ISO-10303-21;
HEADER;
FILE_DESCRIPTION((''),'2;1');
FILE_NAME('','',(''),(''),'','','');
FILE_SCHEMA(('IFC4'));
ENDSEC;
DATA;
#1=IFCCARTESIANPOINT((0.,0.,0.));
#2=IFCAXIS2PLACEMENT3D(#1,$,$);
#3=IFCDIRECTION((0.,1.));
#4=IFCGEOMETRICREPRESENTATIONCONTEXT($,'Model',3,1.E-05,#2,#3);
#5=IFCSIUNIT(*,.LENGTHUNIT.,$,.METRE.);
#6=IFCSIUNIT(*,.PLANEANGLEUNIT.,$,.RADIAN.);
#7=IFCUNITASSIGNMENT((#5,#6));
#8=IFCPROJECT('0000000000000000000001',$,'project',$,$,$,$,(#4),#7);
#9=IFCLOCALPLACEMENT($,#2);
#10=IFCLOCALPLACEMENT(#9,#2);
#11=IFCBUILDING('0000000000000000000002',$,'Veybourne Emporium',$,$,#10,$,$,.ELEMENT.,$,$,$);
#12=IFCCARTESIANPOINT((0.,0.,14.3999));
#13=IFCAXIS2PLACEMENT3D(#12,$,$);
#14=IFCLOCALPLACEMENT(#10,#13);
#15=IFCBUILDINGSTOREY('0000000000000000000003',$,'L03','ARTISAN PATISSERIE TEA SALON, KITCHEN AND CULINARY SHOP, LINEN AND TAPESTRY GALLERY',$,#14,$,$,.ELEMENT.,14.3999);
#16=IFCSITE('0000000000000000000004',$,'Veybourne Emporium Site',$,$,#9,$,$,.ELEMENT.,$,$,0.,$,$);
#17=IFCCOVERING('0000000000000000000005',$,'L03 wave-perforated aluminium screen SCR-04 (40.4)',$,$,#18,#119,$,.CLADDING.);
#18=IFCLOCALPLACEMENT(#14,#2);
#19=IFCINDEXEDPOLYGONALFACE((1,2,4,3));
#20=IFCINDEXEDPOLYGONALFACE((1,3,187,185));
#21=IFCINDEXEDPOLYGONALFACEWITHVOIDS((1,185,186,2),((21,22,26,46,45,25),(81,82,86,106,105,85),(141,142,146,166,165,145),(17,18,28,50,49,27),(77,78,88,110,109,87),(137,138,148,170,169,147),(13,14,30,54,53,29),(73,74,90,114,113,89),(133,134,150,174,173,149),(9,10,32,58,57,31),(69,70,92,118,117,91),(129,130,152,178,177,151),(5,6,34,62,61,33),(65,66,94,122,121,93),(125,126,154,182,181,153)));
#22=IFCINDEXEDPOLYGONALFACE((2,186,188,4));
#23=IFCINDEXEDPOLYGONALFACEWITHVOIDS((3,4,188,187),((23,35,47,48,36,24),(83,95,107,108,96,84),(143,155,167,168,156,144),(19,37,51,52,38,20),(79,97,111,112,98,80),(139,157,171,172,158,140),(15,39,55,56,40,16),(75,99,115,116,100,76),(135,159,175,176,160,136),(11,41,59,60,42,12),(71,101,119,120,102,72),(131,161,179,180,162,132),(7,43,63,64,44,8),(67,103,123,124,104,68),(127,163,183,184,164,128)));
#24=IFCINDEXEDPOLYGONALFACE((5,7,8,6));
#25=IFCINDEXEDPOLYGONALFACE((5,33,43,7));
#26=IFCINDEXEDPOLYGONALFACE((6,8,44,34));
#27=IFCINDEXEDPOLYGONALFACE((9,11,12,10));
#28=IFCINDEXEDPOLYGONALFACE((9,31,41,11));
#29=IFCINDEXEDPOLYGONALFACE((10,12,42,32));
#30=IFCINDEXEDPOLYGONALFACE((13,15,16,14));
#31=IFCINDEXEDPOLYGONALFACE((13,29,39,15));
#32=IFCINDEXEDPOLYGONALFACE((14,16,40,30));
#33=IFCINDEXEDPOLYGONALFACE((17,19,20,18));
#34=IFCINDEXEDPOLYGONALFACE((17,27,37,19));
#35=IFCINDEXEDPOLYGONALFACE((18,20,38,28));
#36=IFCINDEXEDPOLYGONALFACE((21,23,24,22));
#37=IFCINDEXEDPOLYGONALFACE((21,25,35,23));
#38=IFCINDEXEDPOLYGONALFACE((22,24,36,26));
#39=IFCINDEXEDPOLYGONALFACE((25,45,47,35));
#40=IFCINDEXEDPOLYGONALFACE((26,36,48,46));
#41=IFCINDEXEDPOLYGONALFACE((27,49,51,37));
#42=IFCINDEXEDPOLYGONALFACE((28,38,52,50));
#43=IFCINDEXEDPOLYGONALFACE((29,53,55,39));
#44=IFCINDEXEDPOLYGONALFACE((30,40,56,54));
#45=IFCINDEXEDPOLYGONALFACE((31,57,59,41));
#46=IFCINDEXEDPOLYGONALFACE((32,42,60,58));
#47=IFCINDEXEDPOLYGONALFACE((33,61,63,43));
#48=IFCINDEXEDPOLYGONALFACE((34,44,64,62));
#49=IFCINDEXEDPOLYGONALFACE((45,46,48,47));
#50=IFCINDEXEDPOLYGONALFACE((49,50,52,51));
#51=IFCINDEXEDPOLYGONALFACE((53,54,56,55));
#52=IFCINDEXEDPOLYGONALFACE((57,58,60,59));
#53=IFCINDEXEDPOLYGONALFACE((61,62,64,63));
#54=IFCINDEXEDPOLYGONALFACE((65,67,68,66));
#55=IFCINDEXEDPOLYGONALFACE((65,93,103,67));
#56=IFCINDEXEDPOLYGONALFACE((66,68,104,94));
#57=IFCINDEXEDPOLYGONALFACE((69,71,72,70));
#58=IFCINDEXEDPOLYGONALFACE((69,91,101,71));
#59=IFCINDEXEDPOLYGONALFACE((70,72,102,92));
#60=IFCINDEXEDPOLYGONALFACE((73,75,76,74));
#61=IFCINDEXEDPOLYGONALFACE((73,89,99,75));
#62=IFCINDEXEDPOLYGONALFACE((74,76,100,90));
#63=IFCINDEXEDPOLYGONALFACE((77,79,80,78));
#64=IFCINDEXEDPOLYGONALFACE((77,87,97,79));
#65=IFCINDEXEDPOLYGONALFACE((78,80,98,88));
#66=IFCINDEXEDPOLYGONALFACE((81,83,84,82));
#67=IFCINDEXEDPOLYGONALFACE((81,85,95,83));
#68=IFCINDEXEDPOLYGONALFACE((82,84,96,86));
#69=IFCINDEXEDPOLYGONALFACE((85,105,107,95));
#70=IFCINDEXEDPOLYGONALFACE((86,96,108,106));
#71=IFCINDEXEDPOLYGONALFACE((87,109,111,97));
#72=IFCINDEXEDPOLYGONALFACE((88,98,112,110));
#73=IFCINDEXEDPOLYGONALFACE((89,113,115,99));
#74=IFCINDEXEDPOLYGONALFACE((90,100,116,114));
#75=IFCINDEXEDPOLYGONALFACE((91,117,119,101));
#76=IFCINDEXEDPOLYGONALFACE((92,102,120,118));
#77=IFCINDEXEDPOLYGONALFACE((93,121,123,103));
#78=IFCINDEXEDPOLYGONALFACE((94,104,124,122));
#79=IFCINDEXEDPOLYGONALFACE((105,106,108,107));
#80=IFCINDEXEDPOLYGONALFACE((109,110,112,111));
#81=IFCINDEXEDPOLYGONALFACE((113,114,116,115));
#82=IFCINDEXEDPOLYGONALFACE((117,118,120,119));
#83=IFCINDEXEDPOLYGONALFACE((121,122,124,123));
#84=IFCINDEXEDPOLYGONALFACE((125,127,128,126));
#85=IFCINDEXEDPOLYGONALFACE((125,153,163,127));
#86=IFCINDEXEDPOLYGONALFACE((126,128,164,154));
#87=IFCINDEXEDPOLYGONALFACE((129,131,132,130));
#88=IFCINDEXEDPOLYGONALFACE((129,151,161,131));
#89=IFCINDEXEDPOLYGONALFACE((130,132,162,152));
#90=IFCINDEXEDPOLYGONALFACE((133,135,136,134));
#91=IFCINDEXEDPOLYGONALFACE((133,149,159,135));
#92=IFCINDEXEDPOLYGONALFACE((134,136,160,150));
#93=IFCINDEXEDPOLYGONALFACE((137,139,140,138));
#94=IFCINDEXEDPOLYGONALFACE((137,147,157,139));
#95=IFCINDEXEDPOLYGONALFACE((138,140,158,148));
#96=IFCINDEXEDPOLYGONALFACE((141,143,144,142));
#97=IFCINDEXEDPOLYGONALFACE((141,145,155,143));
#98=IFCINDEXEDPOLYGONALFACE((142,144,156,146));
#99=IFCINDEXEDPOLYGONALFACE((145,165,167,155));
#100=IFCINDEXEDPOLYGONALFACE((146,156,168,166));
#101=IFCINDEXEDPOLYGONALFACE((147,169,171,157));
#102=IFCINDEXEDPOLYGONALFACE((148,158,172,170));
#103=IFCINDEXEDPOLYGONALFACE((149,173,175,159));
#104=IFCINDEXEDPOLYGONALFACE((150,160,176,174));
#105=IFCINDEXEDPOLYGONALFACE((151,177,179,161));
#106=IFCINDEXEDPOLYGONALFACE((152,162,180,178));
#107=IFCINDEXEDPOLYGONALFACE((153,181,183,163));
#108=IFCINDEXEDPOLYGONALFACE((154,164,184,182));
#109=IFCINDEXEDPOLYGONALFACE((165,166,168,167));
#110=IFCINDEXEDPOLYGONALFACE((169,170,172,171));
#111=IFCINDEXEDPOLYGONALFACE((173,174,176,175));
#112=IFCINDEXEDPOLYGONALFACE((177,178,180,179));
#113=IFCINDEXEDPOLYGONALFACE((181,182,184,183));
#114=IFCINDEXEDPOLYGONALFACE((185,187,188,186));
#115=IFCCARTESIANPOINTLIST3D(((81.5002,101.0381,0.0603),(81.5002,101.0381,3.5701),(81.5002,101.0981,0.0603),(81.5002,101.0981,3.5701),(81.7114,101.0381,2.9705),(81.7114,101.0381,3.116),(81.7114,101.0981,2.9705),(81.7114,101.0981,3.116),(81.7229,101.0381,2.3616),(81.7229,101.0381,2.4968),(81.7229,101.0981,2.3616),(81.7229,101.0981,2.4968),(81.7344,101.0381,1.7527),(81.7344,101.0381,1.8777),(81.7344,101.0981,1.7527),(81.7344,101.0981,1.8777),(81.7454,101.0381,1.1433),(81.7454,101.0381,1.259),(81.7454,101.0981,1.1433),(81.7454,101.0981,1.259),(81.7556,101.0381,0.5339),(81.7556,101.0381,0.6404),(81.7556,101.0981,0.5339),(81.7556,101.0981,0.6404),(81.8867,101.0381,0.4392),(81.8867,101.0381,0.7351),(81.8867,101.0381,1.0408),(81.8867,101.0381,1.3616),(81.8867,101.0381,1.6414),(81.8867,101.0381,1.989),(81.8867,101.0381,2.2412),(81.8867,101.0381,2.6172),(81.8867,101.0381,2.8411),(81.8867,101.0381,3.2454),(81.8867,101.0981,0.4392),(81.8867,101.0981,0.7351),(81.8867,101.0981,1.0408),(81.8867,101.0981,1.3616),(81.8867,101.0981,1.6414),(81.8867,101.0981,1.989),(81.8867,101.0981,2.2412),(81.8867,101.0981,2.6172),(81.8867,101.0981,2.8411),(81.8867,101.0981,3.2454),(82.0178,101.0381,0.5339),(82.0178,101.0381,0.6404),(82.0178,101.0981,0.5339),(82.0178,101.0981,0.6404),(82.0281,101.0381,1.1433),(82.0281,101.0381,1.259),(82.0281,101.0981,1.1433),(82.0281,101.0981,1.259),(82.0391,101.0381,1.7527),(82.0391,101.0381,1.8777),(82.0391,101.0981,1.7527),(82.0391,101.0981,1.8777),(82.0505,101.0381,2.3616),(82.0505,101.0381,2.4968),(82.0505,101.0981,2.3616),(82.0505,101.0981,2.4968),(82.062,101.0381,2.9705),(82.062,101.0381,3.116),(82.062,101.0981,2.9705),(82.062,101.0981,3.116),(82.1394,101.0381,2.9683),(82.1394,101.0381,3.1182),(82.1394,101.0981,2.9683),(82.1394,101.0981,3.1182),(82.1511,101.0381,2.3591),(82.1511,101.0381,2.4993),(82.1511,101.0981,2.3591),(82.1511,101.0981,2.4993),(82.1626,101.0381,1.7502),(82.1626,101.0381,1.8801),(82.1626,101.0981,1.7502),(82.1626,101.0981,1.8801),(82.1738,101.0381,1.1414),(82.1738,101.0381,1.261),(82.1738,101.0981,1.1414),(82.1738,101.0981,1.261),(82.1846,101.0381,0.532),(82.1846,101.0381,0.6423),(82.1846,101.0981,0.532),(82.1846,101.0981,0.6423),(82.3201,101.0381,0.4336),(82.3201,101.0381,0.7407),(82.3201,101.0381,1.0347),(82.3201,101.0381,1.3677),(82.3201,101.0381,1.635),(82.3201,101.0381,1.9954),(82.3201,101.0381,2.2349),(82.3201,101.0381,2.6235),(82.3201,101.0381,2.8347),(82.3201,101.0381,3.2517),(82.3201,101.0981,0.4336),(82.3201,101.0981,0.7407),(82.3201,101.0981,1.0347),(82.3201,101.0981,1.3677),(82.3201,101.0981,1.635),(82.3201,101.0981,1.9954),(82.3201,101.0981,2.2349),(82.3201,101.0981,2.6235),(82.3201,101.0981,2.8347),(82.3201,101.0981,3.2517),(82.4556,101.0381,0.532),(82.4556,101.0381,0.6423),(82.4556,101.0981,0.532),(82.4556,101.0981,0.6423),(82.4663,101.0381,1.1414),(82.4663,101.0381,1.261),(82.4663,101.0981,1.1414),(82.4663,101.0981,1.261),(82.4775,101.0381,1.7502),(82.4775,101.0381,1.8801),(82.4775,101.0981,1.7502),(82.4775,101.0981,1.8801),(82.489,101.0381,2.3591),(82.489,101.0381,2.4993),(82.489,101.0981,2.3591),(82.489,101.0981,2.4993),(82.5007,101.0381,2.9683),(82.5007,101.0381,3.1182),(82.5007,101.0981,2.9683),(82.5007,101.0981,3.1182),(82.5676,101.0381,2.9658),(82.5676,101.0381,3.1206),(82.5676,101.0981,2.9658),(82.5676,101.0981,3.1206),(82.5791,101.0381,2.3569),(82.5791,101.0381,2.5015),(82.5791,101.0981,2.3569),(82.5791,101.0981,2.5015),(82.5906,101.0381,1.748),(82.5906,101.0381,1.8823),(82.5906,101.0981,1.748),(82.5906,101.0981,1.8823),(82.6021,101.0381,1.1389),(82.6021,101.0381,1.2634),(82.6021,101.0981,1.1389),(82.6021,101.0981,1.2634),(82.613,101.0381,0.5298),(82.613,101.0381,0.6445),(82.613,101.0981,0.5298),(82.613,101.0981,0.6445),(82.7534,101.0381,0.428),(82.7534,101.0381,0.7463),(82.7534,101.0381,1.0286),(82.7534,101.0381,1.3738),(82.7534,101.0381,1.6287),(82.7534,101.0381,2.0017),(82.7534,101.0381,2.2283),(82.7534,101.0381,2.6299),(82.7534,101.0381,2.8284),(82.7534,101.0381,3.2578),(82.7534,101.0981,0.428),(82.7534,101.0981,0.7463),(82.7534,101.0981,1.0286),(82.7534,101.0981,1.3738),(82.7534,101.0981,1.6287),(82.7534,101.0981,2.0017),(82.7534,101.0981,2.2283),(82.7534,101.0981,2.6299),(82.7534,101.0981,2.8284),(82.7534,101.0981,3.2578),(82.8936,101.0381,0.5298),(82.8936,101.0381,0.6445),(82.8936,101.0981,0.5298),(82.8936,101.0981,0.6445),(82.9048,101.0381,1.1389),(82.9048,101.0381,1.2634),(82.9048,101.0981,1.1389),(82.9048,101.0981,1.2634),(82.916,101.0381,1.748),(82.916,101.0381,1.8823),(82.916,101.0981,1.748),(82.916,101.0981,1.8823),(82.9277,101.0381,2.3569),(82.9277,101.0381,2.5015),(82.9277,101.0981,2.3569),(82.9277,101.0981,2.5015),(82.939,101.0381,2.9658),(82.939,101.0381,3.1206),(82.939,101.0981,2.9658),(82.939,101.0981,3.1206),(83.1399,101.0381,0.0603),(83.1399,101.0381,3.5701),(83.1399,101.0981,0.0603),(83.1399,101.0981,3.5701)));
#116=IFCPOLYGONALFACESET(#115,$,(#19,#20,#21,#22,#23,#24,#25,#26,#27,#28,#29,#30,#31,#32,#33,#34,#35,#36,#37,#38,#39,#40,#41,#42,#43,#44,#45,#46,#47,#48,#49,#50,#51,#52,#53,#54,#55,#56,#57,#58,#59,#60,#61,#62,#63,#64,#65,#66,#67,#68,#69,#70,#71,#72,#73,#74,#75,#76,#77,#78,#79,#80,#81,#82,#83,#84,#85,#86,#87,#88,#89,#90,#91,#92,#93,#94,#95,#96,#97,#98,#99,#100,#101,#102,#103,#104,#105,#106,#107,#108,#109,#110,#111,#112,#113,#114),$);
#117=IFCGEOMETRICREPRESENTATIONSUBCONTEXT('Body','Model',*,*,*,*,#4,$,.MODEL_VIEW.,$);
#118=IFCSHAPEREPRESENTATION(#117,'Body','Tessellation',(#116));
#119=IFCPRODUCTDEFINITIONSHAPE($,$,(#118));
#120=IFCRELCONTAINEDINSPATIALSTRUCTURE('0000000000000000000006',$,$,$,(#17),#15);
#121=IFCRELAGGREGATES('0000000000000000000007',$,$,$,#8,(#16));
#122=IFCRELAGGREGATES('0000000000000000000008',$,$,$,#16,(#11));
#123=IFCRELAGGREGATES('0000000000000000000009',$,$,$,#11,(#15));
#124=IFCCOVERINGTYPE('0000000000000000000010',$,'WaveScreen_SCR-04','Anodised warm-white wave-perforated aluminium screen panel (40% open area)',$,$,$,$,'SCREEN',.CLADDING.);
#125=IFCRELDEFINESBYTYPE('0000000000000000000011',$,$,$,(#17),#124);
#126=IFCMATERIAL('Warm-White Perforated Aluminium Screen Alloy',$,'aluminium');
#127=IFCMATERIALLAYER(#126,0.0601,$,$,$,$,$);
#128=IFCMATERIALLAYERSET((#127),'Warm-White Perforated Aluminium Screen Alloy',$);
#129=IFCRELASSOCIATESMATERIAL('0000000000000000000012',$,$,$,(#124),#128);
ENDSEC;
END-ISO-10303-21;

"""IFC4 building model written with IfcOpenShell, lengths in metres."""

from ifc_helpers import new_model, si_unit, direction, frame, origin, place, context, subcontext, project, spatial, polyline, outline, extrude, material, layer, layer_set, type_object, element, save


model = new_model("IFC4")

# Units and contexts
model_context = context("Model", 3, precision=1e-05, world=origin(), true_north=direction((0.0, 1.0)))
body_context = subcontext(model_context, "Body", "Model", "MODEL_VIEW")
ifc_project = project(units=[si_unit("LENGTHUNIT", "METRE"), si_unit("PLANEANGLEUNIT", "RADIAN")], contexts=[model_context])

# Site, building, storey
site_placement = place(None, origin())
site = spatial("IfcSite", under=ifc_project, at=site_placement, Name="Veybourne Emporium Site", CompositionType="ELEMENT", RefElevation=0.0)
building_placement = place(site_placement, origin())
building = spatial("IfcBuilding", under=site, at=building_placement, Name="Veybourne Emporium", CompositionType="ELEMENT")
storey_placement = place(building_placement, frame((0.0, 0.0, 14.3999)))
storey = spatial("IfcBuildingStorey", under=building, at=storey_placement, Name="L03", Description="ARTISAN PATISSERIE TEA SALON, KITCHEN AND CULINARY SHOP, LINEN AND TAPESTRY GALLERY", CompositionType="ELEMENT", Elevation=14.3999)

# Covering
ifc_material_1 = material(Name="Warm-White Perforated Aluminium Screen Alloy", Category="aluminium")
ifc_layer_1 = layer(ifc_material_1, 0.0601)
ifc_layer_set_1 = layer_set([ifc_layer_1], Name="Warm-White Perforated Aluminium Screen Alloy")
covering_type_1 = type_object("IfcCoveringType", Name="WaveScreen_SCR-04", Description="Anodised warm-white wave-perforated aluminium screen panel (40% open area)", ElementType="SCREEN", PredefinedType="CLADDING", material=ifc_layer_set_1)
covering_1_placement = place(storey_placement, frame((82.3201, 101.0981, 1.8152), z_axis=(0.0, -1.0, 0.0), x_axis=(1.0, 0.0, 0.0)))
element("IfcCovering", 1, at=covering_1_placement, inside=storey, type_object=covering_type_1, Name="L03 wave-perforated aluminium screen SCR-04 (40.4)", PredefinedType="CLADDING", context=body_context, shape_type="SweptSolid", body=[
    extrude(outline(polyline([(-0.8198, -1.7549), (0.8198, -1.7549), (0.8198, 1.7549), (-0.8198, 1.7549), (-0.8198, -1.7549)]), holes=[polyline([(-0.4333, -1.0801), (-0.3022, -1.1748), (-0.3022, -1.2812), (-0.4333, -1.376), (-0.5645, -1.2812), (-0.5645, -1.1748), (-0.4333, -1.0801)]), polyline([(-0.4333, -0.4536), (-0.292, -0.5562), (-0.292, -0.6719), (-0.4333, -0.7744), (-0.5747, -0.6719), (-0.5747, -0.5562), (-0.4333, -0.4536)]), polyline([(-0.4333, 0.1738), (-0.281, 0.0625), (-0.281, -0.0625), (-0.4333, -0.1738), (-0.5857, -0.0625), (-0.5857, 0.0625), (-0.4333, 0.1738)]), polyline([(-0.4333, 0.802), (-0.2695, 0.6816), (-0.2695, 0.5464), (-0.4333, 0.426), (-0.5972, 0.5464), (-0.5972, 0.6816), (-0.4333, 0.802)]), polyline([(-0.4333, 1.4302), (-0.2581, 1.3008), (-0.2581, 1.1553), (-0.4333, 1.0259), (-0.6086, 1.1553), (-0.6086, 1.3008), (-0.4333, 1.4302)]), polyline([(0.0, -1.0745), (0.1355, -1.1729), (0.1355, -1.2832), (0.0, -1.3816), (-0.1355, -1.2832), (-0.1355, -1.1729), (0.0, -1.0745)]), polyline([(0.0, -0.4475), (0.1462, -0.5542), (0.1462, -0.6738), (0.0, -0.7805), (-0.1462, -0.6738), (-0.1462, -0.5542), (0.0, -0.4475)]), polyline([(0.0, 0.1802), (0.1575, 0.0649), (0.1575, -0.0649), (0.0, -0.1802), (-0.1575, -0.0649), (-0.1575, 0.0649), (0.0, 0.1802)]), polyline([(0.0, 0.8083), (0.1689, 0.6841), (0.1689, 0.5439), (0.0, 0.4197), (-0.1689, 0.5439), (-0.1689, 0.6841), (0.0, 0.8083)]), polyline([(0.0, 1.4365), (0.1807, 1.303), (0.1807, 1.1531), (0.0, 1.0195), (-0.1807, 1.1531), (-0.1807, 1.303), (0.0, 1.4365)]), polyline([(0.4333, -1.0688), (0.5735, -1.1707), (0.5735, -1.2854), (0.4333, -1.3872), (0.293, -1.2854), (0.293, -1.1707), (0.4333, -1.0688)]), polyline([(0.4333, -0.4414), (0.5847, -0.5518), (0.5847, -0.6763), (0.4333, -0.7866), (0.282, -0.6763), (0.282, -0.5518), (0.4333, -0.4414)]), polyline([(0.4333, 0.1865), (0.5959, 0.0671), (0.5959, -0.0671), (0.4333, -0.1865), (0.2705, -0.0671), (0.2705, 0.0671), (0.4333, 0.1865)]), polyline([(0.4333, 0.8147), (0.6077, 0.6863), (0.6077, 0.5417), (0.4333, 0.4131), (0.259, 0.5417), (0.259, 0.6863), (0.4333, 0.8147)]), polyline([(0.4333, 1.4426), (0.6189, 1.3054), (0.6189, 1.1506), (0.4333, 1.0132), (0.2476, 1.1506), (0.2476, 1.3054), (0.4333, 1.4426)])]), origin(), (0.0, 0.0, 1.0), 0.0601),
])

save(model, "model.ifc")
